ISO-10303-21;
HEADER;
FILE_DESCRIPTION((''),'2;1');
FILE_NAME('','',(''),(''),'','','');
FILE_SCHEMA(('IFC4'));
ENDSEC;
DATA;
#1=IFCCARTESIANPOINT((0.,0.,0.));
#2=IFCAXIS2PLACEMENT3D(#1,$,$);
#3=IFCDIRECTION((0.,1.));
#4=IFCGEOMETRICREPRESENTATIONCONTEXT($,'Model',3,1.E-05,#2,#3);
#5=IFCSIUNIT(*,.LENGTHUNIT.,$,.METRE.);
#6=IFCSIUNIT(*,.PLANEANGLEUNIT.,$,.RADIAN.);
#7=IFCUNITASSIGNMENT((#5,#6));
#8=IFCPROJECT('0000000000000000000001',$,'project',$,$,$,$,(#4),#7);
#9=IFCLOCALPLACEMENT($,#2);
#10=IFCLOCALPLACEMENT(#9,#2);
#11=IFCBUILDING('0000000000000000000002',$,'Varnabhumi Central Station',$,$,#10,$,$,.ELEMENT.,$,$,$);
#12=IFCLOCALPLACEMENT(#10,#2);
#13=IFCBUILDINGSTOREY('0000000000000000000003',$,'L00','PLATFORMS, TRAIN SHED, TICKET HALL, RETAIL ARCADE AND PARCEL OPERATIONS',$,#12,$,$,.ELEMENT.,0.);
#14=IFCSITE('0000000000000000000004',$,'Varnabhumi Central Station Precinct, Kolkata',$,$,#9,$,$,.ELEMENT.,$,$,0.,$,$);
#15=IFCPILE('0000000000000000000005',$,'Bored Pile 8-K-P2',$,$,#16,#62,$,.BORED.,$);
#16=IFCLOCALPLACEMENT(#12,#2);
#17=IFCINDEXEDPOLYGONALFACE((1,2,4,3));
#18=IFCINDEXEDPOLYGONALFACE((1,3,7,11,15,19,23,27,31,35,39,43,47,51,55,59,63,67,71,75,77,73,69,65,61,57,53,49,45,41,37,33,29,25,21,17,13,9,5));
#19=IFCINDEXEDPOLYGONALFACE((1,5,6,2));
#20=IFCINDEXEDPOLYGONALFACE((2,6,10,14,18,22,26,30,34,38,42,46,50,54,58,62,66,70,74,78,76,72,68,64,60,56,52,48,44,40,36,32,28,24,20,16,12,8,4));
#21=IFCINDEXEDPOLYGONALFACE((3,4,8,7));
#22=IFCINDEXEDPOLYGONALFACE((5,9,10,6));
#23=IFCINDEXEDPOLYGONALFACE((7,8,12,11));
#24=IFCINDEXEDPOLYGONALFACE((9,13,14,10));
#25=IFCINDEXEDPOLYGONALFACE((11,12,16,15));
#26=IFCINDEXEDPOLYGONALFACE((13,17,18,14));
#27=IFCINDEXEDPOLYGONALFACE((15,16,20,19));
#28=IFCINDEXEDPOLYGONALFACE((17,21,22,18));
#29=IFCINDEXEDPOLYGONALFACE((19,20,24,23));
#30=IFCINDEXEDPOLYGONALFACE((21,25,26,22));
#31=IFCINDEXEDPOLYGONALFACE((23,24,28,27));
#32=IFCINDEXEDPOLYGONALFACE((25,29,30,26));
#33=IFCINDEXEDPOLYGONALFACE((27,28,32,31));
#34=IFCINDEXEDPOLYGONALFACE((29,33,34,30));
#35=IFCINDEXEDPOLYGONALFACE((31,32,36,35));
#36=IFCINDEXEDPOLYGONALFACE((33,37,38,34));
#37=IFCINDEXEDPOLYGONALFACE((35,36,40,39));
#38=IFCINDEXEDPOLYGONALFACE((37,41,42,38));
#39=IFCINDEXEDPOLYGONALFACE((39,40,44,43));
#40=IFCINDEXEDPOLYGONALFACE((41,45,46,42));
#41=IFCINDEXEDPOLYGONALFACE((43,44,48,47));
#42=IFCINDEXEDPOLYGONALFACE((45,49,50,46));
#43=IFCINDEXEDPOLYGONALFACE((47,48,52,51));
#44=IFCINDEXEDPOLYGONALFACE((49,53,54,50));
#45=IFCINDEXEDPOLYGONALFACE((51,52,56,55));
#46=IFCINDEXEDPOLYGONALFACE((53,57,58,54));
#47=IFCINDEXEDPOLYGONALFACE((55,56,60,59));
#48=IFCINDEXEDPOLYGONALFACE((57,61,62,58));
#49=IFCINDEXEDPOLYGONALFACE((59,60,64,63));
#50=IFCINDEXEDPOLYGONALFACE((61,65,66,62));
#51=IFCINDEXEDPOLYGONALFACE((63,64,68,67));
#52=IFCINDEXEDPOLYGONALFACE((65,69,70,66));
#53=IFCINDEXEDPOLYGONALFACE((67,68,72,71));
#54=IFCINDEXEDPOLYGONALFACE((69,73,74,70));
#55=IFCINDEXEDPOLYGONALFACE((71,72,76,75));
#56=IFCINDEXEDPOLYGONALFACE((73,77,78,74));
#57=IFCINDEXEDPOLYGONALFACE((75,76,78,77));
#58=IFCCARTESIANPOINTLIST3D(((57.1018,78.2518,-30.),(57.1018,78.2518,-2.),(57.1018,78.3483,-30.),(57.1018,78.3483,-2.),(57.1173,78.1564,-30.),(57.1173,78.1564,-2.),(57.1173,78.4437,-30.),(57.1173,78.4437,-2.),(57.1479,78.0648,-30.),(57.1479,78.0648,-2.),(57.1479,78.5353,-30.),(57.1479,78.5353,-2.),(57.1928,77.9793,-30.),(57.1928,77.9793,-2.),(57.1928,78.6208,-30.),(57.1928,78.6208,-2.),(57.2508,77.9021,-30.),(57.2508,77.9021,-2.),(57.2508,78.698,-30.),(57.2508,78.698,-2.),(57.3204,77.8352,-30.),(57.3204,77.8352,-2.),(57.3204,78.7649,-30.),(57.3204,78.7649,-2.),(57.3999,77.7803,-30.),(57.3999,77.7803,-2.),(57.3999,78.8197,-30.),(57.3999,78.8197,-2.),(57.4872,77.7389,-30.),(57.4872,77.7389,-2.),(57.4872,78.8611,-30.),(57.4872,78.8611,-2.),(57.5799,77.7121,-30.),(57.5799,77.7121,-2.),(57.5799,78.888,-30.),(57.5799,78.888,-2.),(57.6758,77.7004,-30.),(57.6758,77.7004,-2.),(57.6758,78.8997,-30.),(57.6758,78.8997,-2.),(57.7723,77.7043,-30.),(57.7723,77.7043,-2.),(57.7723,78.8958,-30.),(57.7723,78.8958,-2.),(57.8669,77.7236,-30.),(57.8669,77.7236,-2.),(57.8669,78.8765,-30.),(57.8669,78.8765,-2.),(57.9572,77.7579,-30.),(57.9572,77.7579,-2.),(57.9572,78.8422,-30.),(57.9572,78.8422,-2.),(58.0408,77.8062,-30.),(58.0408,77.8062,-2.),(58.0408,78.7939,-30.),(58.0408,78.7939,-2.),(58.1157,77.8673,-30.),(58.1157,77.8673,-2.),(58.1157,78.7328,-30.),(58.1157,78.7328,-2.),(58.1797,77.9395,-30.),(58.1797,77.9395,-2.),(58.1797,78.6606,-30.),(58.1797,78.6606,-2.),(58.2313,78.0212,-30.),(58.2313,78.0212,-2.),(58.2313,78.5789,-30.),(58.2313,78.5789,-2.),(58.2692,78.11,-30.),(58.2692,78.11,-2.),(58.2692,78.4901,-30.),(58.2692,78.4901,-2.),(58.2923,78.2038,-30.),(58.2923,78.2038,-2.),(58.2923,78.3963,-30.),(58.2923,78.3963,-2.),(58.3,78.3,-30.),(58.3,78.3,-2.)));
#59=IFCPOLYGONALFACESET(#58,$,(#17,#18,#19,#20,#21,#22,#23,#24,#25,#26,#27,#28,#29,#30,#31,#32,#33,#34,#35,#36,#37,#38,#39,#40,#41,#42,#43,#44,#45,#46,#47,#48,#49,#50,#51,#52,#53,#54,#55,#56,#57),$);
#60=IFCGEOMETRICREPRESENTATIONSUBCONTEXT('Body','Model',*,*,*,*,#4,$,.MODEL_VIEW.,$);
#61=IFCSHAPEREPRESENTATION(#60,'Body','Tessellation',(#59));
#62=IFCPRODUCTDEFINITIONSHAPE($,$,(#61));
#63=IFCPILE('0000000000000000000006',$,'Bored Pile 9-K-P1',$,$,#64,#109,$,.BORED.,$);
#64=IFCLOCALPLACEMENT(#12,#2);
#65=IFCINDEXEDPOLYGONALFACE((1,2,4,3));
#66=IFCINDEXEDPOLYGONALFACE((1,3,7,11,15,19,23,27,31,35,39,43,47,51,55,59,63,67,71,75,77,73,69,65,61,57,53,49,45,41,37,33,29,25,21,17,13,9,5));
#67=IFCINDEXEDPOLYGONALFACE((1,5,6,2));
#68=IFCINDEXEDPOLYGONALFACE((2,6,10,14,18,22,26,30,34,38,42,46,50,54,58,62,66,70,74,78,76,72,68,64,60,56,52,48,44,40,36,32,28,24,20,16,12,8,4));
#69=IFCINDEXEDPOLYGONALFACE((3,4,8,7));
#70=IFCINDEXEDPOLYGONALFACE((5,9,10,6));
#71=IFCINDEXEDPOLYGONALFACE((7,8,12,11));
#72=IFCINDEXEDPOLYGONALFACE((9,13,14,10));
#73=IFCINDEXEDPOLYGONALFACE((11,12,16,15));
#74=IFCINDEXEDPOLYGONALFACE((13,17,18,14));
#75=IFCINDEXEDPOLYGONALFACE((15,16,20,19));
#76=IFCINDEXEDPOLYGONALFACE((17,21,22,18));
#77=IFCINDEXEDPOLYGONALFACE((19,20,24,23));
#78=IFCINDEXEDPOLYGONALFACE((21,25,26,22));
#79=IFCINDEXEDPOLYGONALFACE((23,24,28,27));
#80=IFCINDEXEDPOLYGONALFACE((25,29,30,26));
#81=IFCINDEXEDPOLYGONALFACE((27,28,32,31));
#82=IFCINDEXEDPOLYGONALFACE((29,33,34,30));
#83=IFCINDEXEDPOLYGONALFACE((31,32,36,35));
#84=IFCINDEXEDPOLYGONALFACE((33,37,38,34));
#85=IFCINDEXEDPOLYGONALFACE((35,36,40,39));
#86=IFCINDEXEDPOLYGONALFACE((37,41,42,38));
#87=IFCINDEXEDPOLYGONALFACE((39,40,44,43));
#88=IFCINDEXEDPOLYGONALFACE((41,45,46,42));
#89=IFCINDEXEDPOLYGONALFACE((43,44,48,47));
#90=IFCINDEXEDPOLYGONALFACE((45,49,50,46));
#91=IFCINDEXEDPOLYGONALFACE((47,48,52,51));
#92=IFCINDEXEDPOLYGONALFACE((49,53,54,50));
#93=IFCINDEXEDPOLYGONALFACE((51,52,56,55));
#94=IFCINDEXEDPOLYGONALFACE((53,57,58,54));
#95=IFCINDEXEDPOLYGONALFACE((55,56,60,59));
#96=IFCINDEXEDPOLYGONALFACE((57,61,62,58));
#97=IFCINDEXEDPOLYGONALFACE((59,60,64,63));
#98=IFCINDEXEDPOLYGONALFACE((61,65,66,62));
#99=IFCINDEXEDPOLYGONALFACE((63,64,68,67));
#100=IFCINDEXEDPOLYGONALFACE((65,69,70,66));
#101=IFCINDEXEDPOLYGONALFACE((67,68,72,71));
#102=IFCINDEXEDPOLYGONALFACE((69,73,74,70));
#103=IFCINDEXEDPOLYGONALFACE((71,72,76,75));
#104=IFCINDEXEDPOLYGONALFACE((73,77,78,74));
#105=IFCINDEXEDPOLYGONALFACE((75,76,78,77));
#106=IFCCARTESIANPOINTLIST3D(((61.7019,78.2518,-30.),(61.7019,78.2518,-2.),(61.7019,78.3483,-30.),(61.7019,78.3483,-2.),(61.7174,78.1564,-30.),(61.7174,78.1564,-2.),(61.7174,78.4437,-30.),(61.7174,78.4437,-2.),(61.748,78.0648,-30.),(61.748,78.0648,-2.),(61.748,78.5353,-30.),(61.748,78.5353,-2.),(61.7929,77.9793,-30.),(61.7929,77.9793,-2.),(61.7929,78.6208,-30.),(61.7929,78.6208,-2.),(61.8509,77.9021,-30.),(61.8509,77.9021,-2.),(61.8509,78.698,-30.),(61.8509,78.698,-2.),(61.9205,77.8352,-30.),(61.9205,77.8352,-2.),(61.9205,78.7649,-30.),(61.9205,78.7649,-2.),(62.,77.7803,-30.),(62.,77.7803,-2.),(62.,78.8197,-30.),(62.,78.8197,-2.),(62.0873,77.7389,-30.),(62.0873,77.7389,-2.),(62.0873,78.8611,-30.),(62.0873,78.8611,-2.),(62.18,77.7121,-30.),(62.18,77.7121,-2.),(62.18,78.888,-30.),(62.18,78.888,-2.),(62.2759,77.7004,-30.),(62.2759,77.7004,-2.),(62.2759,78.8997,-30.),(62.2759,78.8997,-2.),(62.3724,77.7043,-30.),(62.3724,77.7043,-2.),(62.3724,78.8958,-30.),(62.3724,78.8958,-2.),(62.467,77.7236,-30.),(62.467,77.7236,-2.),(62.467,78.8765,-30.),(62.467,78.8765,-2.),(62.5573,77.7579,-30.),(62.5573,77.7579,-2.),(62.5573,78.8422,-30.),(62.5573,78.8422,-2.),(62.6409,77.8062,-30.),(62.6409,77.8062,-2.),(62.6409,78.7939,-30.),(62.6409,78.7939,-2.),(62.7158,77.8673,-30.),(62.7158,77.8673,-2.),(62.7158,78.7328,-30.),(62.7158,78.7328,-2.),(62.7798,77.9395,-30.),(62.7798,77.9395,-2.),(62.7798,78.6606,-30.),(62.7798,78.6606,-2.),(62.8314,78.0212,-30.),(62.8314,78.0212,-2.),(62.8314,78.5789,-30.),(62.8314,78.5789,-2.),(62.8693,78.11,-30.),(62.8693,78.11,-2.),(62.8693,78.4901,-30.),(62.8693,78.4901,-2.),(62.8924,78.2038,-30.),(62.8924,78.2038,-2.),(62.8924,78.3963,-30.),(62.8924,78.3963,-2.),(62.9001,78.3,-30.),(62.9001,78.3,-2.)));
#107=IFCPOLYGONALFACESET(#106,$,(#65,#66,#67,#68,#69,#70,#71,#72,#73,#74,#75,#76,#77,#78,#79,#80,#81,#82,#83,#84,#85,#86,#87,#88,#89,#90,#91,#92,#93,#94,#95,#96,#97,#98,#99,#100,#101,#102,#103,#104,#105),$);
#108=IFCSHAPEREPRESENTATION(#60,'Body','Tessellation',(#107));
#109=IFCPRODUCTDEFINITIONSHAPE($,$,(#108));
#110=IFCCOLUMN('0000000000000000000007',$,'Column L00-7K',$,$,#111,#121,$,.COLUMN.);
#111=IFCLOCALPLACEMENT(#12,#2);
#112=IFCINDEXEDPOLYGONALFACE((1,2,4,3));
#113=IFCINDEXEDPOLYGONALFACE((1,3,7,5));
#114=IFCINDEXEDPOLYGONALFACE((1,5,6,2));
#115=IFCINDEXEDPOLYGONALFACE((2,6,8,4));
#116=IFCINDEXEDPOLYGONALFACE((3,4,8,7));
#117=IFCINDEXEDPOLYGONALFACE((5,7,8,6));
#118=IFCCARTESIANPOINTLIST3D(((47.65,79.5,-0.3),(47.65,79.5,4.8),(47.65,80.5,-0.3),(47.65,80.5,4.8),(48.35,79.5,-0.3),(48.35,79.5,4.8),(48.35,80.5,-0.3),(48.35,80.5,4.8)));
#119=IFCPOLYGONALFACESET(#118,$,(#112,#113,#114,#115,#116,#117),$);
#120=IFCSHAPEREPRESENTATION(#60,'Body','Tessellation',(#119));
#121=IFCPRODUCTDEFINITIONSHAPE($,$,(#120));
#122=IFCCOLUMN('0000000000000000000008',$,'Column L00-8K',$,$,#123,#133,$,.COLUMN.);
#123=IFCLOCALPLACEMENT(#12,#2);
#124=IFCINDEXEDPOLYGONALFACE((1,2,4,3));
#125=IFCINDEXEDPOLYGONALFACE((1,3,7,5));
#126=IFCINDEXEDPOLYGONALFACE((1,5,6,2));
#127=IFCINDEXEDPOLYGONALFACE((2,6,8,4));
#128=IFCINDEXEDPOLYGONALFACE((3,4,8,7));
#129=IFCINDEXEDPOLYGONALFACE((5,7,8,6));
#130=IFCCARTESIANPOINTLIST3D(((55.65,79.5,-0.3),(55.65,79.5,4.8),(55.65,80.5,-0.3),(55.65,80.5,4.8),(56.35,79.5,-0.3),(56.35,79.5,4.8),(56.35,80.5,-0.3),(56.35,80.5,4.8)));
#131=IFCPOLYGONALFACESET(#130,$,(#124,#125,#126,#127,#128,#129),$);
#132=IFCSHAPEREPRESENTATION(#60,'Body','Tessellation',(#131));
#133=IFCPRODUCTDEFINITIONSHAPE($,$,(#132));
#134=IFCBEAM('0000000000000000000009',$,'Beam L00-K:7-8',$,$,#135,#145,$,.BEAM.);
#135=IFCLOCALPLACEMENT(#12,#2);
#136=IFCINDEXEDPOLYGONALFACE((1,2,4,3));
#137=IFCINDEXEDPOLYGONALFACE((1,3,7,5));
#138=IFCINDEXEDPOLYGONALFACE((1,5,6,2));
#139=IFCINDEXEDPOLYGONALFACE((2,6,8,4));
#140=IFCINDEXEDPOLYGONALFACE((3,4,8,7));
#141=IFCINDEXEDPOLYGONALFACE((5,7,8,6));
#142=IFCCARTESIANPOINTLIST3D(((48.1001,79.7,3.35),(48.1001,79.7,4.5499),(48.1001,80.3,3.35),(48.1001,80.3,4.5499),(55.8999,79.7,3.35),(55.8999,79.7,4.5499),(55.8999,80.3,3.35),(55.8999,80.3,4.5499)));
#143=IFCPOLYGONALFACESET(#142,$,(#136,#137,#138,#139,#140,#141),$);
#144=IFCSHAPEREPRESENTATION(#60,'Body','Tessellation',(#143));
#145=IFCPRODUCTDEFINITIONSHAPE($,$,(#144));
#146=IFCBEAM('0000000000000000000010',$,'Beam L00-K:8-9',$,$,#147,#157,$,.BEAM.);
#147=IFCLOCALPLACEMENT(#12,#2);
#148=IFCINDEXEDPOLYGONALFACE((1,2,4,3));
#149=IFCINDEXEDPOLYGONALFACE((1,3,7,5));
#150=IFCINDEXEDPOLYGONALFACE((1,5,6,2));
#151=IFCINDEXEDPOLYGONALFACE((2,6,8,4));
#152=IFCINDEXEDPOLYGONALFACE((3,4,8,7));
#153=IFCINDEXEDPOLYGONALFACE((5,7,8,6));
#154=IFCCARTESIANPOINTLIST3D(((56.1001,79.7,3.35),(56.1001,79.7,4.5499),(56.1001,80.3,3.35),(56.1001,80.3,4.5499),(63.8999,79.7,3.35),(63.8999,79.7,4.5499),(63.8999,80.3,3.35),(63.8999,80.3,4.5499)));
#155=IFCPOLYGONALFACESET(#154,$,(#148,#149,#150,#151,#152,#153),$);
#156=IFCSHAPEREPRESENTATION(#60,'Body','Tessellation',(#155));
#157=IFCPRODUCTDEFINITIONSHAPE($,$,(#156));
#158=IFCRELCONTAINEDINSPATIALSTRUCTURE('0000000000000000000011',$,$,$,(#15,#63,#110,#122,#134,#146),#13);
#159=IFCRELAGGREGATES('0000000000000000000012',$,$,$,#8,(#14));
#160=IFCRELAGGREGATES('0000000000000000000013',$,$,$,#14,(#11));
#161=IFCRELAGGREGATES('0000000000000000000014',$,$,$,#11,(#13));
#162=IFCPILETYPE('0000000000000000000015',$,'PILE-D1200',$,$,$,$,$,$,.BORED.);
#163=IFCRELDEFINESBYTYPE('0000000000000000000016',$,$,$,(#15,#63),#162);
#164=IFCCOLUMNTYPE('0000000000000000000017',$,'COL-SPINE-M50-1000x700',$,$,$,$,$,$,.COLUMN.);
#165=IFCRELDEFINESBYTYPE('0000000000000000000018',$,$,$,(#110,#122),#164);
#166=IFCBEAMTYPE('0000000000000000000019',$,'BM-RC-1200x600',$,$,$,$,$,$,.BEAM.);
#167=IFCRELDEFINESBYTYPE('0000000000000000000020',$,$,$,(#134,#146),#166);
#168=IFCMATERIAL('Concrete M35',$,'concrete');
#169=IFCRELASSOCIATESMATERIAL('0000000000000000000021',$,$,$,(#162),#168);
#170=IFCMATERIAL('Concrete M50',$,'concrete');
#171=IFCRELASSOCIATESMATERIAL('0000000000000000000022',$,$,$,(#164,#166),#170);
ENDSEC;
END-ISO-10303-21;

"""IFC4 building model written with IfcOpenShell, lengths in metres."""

from ifc_helpers import new_model, si_unit, direction, frame, origin, origin_2d, place, context, subcontext, project, spatial, rectangle, circle, extrude, material, material_profile, profile_set, type_object, element, save


model = new_model("IFC4")

# Units and contexts
model_context = context("Model", 3, precision=1e-05, world=origin(), true_north=direction((0.0, 1.0)))
body_context = subcontext(model_context, "Body", "Model", "MODEL_VIEW")
ifc_project = project(units=[si_unit("LENGTHUNIT", "METRE"), si_unit("PLANEANGLEUNIT", "RADIAN")], contexts=[model_context])

# Site, building, storey
site_placement = place(None, origin())
site = spatial("IfcSite", under=ifc_project, at=site_placement, Name="Varnabhumi Central Station Precinct, Kolkata", CompositionType="ELEMENT", RefElevation=0.0)
building_placement = place(site_placement, origin())
building = spatial("IfcBuilding", under=site, at=building_placement, Name="Varnabhumi Central Station", CompositionType="ELEMENT")
storey_placement = place(building_placement, origin())
storey = spatial("IfcBuildingStorey", under=building, at=storey_placement, Name="L00", Description="PLATFORMS, TRAIN SHED, TICKET HALL, RETAIL ARCADE AND PARCEL OPERATIONS", CompositionType="ELEMENT", Elevation=0.0)

# Piles
ifc_material_1 = material(Name="Concrete M35", Category="concrete")
ifc_material_profile_1 = material_profile(ifc_material_1, circle(Radius=0.6001, at=origin_2d()), Name="Concrete M35", Category="concrete")
ifc_profile_set_1 = profile_set([ifc_material_profile_1], Name="Concrete M35")
pile_type = type_object("IfcPileType", Name="PILE-D1200", PredefinedType="BORED", material=ifc_profile_set_1)
for number, where, z_axis, x_axis, name in (
    (1, (57.7, 78.3, -2.0), (0.0, 0.0, -1.0), (1.0, 0.0, 0.0), "Bored Pile 8-K-P2"),
    (2, (62.3, 78.3, -2.0), (0.0, 0.0, -1.0), (1.0, 0.0, 0.0), "Bored Pile 9-K-P1"),
):
    element("IfcPile", number, at=place(storey_placement, frame(where, z_axis=z_axis, x_axis=x_axis)), inside=storey, type_object=pile_type, Name=name, PredefinedType="BORED", context=body_context, shape_type="SweptSolid", body=[
        extrude(circle(Radius=0.6001, at=origin_2d()), origin(), (0.0, 0.0, 1.0), 28.0),
    ])

# Columns
ifc_material_2 = material(Name="Concrete M50", Category="concrete")
ifc_material_profile_2 = material_profile(ifc_material_2, rectangle(XDim=0.7, YDim=1.0, at=origin_2d()), Name="Concrete M50", Category="concrete")
ifc_profile_set_2 = profile_set([ifc_material_profile_2], Name="Concrete M50")
column_type = type_object("IfcColumnType", Name="COL-SPINE-M50-1000x700", PredefinedType="COLUMN", material=ifc_profile_set_2)
for number, where, z_axis, x_axis, name in (
    (3, (48.0, 80.0, -0.3), (0.0, 0.0, 1.0), (1.0, 0.0, 0.0), "Column L00-7K"),
    (4, (56.0, 80.0, -0.3), (0.0, 0.0, 1.0), (1.0, 0.0, 0.0), "Column L00-8K"),
):
    element("IfcColumn", number, at=place(storey_placement, frame(where, z_axis=z_axis, x_axis=x_axis)), inside=storey, type_object=column_type, Name=name, PredefinedType="COLUMN", context=body_context, shape_type="SweptSolid", body=[
        extrude(rectangle(XDim=0.7, YDim=1.0, at=origin_2d()), origin(), (0.0, 0.0, 1.0), 5.1001),
    ])

# Beams
ifc_material_profile_3 = material_profile(ifc_material_2, rectangle(XDim=0.6001, YDim=1.2, at=origin_2d()), Name="Concrete M50", Category="concrete")
ifc_profile_set_3 = profile_set([ifc_material_profile_3], Name="Concrete M50")
beam_type = type_object("IfcBeamType", Name="BM-RC-1200x600", PredefinedType="BEAM", material=ifc_profile_set_3)
for number, where, z_axis, x_axis, name in (
    (5, (48.1001, 80.0, 3.95), (1.0, 0.0, 0.0), (0.0, 1.0, 0.0), "Beam L00-K:7-8"),
    (6, (56.1001, 80.0, 3.95), (1.0, 0.0, 0.0), (0.0, 1.0, 0.0), "Beam L00-K:8-9"),
):
    element("IfcBeam", number, at=place(storey_placement, frame(where, z_axis=z_axis, x_axis=x_axis)), inside=storey, type_object=beam_type, Name=name, PredefinedType="BEAM", context=body_context, shape_type="SweptSolid", body=[
        extrude(rectangle(XDim=0.6001, YDim=1.2, at=origin_2d()), origin(), (0.0, 0.0, 1.0), 7.7998),
    ])

save(model, "model.ifc")
